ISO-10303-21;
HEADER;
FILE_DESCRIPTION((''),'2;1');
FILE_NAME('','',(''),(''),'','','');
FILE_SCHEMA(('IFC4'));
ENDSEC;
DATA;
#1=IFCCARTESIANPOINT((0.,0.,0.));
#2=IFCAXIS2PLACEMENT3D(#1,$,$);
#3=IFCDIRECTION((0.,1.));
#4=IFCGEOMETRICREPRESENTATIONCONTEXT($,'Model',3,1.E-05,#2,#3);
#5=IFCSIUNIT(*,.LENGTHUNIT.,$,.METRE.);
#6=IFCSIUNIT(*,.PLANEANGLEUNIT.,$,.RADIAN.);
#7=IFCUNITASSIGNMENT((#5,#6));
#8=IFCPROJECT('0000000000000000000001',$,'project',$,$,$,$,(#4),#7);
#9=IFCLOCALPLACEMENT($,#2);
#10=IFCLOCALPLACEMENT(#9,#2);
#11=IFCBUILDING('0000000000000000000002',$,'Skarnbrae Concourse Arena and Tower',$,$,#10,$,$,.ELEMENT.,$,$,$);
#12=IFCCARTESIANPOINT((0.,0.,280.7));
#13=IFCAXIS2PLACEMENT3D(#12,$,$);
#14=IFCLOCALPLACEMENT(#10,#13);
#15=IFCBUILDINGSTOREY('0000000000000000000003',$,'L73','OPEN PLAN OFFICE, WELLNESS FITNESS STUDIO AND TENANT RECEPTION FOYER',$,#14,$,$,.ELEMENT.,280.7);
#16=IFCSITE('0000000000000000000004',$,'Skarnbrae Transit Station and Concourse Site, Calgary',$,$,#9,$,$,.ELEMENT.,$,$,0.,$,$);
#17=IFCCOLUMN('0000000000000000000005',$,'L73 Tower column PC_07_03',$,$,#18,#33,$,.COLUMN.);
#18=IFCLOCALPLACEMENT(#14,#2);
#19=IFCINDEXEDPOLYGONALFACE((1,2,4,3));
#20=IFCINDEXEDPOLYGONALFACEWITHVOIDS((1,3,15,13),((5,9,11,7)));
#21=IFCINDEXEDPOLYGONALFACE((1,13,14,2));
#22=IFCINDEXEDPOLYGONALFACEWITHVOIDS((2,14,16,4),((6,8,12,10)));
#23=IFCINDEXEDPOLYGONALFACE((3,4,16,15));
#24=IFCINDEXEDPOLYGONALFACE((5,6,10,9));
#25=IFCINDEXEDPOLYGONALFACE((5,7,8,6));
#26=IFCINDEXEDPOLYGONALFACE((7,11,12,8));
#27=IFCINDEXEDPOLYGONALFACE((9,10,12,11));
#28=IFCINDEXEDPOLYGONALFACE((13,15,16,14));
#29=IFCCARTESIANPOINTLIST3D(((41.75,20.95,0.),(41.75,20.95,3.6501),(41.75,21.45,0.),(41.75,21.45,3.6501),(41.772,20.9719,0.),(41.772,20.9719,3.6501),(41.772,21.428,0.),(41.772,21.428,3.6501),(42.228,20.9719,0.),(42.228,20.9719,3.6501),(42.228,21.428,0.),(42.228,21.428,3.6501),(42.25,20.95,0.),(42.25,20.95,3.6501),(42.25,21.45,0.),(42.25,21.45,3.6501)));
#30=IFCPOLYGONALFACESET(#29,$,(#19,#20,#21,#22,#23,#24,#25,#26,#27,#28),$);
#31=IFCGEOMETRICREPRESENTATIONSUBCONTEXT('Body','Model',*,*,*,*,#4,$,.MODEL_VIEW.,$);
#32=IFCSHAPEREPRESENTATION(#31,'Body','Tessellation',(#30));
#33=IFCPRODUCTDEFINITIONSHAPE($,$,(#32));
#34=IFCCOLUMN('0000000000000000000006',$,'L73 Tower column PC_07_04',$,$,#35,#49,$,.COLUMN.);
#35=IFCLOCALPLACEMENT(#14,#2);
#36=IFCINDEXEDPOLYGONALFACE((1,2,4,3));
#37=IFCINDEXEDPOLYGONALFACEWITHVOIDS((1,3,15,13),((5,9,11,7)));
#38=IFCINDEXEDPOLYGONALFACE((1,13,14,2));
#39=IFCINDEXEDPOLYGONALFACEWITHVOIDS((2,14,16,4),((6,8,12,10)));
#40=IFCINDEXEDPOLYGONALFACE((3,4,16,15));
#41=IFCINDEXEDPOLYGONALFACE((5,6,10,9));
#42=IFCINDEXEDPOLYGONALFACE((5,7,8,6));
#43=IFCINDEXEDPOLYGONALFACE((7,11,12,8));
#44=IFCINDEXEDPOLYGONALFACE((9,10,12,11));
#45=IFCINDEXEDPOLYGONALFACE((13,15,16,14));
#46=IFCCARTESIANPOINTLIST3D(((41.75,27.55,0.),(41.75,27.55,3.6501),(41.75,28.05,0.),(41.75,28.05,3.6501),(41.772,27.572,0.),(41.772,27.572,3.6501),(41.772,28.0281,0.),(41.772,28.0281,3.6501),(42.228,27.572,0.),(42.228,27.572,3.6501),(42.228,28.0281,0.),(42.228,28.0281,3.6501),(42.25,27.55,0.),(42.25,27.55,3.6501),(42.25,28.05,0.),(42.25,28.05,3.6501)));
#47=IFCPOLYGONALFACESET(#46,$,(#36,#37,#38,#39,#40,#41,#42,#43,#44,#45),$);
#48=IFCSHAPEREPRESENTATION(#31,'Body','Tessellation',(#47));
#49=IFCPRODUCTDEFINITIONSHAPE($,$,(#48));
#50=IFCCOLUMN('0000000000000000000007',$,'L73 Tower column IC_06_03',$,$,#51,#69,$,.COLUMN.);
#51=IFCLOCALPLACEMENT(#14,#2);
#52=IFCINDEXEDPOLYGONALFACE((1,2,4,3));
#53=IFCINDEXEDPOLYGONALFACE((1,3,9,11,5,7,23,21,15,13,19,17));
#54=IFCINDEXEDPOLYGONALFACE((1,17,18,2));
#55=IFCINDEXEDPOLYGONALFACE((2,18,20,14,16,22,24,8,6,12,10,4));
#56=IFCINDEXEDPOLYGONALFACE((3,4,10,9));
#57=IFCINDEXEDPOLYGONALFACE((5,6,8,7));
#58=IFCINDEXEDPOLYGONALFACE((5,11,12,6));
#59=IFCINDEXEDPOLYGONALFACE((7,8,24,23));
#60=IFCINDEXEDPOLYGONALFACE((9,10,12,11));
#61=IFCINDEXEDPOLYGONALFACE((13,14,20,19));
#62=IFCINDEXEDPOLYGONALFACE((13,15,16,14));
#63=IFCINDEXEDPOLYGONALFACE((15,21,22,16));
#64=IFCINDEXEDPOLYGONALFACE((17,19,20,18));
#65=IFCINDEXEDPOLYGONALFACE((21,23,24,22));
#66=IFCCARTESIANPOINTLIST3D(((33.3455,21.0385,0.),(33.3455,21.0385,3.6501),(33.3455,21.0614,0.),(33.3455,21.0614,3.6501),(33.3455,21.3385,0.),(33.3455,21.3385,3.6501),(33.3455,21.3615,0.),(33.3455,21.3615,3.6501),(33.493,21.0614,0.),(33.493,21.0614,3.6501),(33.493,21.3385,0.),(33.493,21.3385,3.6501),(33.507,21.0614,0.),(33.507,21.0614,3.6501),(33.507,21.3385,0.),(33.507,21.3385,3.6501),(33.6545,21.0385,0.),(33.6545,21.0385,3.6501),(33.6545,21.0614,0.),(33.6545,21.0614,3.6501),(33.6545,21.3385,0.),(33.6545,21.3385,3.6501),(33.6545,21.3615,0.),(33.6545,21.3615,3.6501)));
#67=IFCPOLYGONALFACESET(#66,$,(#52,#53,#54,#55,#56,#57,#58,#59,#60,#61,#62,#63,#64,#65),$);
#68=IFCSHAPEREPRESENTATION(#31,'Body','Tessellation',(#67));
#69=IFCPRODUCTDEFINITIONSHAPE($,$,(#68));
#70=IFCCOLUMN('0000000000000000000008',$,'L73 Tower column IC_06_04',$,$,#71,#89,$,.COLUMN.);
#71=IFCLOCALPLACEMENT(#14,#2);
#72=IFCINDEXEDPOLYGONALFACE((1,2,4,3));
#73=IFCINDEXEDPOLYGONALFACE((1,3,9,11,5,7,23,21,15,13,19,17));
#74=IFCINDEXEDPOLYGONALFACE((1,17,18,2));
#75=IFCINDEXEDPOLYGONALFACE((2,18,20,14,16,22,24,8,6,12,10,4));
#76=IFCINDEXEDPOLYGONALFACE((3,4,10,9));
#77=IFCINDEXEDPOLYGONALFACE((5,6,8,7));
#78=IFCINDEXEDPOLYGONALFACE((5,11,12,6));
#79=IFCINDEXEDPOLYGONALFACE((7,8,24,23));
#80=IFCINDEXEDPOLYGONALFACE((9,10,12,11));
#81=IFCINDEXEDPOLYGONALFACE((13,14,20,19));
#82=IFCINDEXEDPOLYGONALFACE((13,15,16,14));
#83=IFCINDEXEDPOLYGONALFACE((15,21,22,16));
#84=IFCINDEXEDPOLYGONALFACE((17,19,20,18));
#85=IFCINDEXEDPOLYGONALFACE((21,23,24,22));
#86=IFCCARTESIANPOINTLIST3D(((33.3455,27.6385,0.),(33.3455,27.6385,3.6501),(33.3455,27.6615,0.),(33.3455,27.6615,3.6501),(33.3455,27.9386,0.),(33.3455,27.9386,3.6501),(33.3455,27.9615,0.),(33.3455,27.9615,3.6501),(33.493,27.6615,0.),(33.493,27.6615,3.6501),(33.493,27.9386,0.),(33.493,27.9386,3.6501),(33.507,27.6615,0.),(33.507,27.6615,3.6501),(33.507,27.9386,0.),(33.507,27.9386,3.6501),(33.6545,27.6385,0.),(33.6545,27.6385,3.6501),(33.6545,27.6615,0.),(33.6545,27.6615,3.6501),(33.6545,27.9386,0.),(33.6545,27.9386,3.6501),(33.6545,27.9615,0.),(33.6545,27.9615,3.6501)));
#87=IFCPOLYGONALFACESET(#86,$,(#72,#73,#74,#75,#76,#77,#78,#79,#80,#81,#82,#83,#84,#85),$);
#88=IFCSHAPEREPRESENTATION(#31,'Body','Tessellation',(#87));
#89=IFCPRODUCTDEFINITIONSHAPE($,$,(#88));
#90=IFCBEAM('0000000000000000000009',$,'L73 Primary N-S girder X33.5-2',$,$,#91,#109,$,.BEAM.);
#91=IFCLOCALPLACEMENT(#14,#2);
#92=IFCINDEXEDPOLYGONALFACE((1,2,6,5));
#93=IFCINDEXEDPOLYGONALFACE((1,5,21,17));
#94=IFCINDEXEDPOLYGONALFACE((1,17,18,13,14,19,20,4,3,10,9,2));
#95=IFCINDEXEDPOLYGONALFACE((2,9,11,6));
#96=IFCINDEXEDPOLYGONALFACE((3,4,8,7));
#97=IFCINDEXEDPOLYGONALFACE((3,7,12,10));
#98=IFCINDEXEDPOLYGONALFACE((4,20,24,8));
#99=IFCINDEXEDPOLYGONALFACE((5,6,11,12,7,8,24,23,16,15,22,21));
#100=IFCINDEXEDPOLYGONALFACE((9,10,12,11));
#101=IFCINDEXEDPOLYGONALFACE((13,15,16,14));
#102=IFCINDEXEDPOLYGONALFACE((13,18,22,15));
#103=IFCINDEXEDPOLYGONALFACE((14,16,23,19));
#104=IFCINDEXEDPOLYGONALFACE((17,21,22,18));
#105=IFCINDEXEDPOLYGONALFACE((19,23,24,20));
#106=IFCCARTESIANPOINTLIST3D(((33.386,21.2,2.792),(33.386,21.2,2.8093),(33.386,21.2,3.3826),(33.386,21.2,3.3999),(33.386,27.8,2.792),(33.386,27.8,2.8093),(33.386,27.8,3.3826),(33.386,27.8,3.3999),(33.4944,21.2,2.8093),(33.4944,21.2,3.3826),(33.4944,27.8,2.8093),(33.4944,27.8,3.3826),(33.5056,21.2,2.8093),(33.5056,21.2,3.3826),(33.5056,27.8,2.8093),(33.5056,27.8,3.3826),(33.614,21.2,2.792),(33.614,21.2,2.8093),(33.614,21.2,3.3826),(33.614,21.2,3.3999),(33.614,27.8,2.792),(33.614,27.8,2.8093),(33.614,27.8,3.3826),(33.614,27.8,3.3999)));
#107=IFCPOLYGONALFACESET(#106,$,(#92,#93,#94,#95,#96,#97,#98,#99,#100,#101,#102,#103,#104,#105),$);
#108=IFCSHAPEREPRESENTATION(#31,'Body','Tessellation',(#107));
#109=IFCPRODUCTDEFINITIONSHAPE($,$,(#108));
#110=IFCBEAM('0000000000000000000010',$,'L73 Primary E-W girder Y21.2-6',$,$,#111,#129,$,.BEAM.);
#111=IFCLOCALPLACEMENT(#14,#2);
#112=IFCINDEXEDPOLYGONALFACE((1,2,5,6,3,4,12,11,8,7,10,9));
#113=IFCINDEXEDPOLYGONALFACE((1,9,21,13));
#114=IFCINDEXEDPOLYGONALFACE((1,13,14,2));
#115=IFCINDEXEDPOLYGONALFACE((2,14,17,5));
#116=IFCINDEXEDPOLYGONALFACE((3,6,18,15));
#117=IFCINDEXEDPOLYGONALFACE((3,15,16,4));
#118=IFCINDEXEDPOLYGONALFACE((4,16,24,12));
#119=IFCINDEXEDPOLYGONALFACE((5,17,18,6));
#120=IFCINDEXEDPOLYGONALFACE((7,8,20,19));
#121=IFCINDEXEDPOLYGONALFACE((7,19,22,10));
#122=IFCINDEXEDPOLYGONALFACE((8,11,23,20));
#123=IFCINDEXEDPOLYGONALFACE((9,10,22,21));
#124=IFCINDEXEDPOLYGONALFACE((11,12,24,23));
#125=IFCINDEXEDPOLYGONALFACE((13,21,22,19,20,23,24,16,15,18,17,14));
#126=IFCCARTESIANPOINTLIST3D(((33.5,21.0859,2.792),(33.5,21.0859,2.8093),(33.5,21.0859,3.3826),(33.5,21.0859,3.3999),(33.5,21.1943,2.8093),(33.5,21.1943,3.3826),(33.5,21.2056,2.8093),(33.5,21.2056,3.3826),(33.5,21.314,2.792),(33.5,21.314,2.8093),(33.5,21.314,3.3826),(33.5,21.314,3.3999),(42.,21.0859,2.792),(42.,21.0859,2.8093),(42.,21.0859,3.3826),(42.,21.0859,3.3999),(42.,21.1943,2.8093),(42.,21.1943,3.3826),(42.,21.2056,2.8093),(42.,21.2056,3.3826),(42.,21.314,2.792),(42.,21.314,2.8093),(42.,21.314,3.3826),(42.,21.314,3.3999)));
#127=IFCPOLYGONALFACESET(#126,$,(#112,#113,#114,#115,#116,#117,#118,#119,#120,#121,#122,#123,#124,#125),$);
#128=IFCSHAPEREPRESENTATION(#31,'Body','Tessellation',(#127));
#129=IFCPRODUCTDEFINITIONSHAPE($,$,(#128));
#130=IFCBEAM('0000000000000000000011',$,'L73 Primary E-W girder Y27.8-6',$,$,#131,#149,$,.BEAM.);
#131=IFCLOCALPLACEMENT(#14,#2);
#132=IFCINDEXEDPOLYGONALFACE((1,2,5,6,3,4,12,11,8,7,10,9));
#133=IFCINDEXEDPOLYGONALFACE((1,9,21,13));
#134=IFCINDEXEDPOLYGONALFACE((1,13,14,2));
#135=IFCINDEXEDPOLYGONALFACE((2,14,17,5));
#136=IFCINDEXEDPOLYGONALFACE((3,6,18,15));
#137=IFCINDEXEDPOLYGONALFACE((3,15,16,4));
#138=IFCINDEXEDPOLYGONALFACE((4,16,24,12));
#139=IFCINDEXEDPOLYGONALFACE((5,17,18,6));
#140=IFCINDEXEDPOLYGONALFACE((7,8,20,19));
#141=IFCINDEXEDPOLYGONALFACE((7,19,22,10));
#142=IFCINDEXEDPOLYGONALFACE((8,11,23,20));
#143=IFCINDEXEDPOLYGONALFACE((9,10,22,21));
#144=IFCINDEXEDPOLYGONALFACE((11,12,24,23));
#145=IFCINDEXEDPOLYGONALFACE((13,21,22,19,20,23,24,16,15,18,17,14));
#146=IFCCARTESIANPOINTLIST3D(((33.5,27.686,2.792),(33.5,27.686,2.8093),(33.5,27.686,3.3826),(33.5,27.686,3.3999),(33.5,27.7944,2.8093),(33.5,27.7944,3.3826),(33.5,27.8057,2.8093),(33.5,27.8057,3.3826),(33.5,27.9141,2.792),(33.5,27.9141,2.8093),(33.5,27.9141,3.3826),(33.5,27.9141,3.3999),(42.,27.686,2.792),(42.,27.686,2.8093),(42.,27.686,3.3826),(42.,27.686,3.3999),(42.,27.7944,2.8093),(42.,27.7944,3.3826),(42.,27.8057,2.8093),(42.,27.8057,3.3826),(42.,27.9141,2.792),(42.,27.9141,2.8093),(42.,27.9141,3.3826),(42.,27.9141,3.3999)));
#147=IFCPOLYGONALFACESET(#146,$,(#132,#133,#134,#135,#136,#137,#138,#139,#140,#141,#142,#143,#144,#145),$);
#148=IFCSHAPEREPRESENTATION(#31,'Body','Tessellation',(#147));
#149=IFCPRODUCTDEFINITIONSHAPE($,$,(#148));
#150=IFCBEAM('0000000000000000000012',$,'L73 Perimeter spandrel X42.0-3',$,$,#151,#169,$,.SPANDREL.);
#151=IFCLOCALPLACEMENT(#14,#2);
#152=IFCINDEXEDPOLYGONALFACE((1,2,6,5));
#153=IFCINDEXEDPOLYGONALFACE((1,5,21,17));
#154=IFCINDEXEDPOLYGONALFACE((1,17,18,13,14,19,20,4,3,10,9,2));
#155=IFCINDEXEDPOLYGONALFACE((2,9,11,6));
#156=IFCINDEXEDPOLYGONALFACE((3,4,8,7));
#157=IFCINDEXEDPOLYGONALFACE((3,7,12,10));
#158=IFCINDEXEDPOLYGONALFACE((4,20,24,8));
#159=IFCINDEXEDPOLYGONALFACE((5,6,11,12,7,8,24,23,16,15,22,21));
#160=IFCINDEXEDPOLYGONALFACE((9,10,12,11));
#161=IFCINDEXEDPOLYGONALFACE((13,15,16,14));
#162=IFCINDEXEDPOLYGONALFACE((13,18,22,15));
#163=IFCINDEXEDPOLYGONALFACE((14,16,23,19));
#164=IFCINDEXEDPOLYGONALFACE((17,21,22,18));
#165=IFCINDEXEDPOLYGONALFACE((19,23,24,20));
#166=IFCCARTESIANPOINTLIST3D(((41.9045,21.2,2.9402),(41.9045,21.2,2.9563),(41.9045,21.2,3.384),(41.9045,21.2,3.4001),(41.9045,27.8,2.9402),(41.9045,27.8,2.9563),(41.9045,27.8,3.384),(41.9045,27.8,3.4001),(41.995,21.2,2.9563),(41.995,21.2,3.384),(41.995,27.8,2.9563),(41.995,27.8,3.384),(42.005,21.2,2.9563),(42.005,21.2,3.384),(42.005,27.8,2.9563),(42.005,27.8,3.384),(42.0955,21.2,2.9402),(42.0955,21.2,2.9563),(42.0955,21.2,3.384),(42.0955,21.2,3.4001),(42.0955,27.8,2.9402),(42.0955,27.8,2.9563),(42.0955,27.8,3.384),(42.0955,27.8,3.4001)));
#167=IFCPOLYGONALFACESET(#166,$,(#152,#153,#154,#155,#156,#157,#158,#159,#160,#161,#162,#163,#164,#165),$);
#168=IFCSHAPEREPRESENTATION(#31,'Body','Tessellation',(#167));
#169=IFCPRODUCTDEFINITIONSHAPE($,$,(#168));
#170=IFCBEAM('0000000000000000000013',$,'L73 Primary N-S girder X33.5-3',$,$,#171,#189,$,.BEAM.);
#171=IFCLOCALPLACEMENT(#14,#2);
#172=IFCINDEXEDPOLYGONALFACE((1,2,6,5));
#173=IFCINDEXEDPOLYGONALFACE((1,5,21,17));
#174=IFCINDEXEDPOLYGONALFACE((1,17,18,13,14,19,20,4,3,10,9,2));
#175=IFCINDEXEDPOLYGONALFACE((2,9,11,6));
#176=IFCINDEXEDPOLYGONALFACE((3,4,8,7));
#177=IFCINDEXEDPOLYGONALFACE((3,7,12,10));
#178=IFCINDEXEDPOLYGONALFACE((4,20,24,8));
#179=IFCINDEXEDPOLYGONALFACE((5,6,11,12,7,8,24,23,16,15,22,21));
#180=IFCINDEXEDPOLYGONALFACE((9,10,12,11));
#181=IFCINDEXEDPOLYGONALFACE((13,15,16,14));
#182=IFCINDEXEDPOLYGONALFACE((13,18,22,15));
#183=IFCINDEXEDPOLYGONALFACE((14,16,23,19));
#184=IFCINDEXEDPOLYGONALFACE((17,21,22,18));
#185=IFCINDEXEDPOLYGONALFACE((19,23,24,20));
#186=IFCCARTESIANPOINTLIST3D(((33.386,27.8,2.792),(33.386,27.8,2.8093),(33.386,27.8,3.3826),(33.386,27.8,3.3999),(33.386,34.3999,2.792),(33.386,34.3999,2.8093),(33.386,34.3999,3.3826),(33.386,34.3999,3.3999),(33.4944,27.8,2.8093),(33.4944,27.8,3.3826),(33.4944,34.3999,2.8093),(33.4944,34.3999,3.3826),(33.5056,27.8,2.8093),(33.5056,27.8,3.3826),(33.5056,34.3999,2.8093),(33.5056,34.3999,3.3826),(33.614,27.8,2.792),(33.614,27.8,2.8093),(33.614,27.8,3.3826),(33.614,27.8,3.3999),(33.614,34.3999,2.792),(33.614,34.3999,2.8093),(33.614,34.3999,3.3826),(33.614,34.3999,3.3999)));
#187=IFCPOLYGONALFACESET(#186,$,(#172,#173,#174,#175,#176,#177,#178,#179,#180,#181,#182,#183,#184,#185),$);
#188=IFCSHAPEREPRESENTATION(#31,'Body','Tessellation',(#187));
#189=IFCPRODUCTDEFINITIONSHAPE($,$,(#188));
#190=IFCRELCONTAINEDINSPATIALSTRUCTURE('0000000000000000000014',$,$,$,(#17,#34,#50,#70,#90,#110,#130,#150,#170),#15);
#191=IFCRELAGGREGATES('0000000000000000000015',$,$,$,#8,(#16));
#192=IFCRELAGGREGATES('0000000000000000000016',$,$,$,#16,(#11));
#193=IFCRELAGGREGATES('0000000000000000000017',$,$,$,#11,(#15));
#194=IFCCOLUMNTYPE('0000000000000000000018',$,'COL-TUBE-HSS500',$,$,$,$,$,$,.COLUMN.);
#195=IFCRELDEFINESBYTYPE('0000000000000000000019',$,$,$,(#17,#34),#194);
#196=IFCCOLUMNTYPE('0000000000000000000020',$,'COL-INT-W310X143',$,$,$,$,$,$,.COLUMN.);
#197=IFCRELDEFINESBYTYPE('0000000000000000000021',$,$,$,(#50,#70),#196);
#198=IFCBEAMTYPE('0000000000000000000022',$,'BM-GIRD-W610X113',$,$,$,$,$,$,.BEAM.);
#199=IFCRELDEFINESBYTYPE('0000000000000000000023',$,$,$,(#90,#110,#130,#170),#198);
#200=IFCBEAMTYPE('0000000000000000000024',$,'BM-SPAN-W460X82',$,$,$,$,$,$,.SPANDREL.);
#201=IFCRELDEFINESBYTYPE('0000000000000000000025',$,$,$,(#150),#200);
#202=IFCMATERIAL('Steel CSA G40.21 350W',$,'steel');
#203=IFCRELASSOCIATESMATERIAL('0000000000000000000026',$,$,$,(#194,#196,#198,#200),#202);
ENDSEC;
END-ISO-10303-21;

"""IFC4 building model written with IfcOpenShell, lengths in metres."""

from ifc_helpers import new_model, si_unit, direction, frame, origin, origin_2d, place, context, subcontext, project, spatial, hollow_rectangle, i_section, extrude, source, transform, mapped, material, material_profile, profile_set, type_object, element, save


model = new_model("IFC4")

# Units and contexts
model_context = context("Model", 3, precision=1e-05, world=origin(), true_north=direction((0.0, 1.0)))
body_context = subcontext(model_context, "Body", "Model", "MODEL_VIEW")
ifc_project = project(units=[si_unit("LENGTHUNIT", "METRE"), si_unit("PLANEANGLEUNIT", "RADIAN")], contexts=[model_context])

# Site, building, storey
site_placement = place(None, origin())
site = spatial("IfcSite", under=ifc_project, at=site_placement, Name="Skarnbrae Transit Station and Concourse Site, Calgary", CompositionType="ELEMENT", RefElevation=0.0)
building_placement = place(site_placement, origin())
building = spatial("IfcBuilding", under=site, at=building_placement, Name="Skarnbrae Concourse Arena and Tower", CompositionType="ELEMENT")
storey_placement = place(building_placement, frame((0.0, 0.0, 280.7)))
storey = spatial("IfcBuildingStorey", under=building, at=storey_placement, Name="L73", Description="OPEN PLAN OFFICE, WELLNESS FITNESS STUDIO AND TENANT RECEPTION FOYER", CompositionType="ELEMENT", Elevation=280.7)

# Columns
ifc_material_1 = material(Name="Steel CSA G40.21 350W", Category="steel")
ifc_material_profile_1 = material_profile(ifc_material_1, hollow_rectangle(XDim=0.5, YDim=0.5, WallThickness=0.022, at=origin_2d()), Name="HSS500X500X22.0")
ifc_profile_set_1 = profile_set([ifc_material_profile_1], Name="Steel CSA G40.21 350W")
column_type_1 = type_object("IfcColumnType", Name="COL-TUBE-HSS500", PredefinedType="COLUMN", material=ifc_profile_set_1)
shared_shape_1 = source(origin(), body_context, "Body", "SweptSolid", [
    extrude(hollow_rectangle(XDim=0.5, YDim=0.5, WallThickness=0.022, at=origin_2d()), origin(), (0.0, 0.0, 1.0), 3.6501),
])
for number, where, z_axis, x_axis, name in (
    (1, (42.0, 21.2, 0.0), (0.0, 0.0, 1.0), (1.0, 0.0, 0.0), "L73 Tower column PC_07_03"),
    (2, (42.0, 27.8, 0.0), (0.0, 0.0, 1.0), (1.0, 0.0, 0.0), "L73 Tower column PC_07_04"),
):
    element("IfcColumn", number, at=place(storey_placement, frame(where, z_axis=z_axis, x_axis=x_axis)), inside=storey, type_object=column_type_1, Name=name, PredefinedType="COLUMN", context=body_context, shape_type="MappedRepresentation", body=[
        mapped(shared_shape_1, transform((0.0, 0.0, 0.0))),
    ])
ifc_material_profile_2 = material_profile(ifc_material_1, i_section(OverallWidth=0.3091, OverallDepth=0.323, WebThickness=0.0139, FlangeThickness=0.0229, at=origin_2d()), Name="W310X143")
ifc_profile_set_2 = profile_set([ifc_material_profile_2], Name="Steel CSA G40.21 350W")
column_type_2 = type_object("IfcColumnType", Name="COL-INT-W310X143", PredefinedType="COLUMN", material=ifc_profile_set_2)
shared_shape_2 = source(origin(), body_context, "Body", "SweptSolid", [
    extrude(i_section(OverallWidth=0.3091, OverallDepth=0.323, WebThickness=0.0139, FlangeThickness=0.0229, at=origin_2d()), origin(), (0.0, 0.0, 1.0), 3.6501),
])
for number, where, z_axis, x_axis, name in (
    (3, (33.5, 21.2, 0.0), (0.0, 0.0, 1.0), (1.0, 0.0, 0.0), "L73 Tower column IC_06_03"),
    (4, (33.5, 27.8, 0.0), (0.0, 0.0, 1.0), (1.0, 0.0, 0.0), "L73 Tower column IC_06_04"),
):
    element("IfcColumn", number, at=place(storey_placement, frame(where, z_axis=z_axis, x_axis=x_axis)), inside=storey, type_object=column_type_2, Name=name, PredefinedType="COLUMN", context=body_context, shape_type="MappedRepresentation", body=[
        mapped(shared_shape_2, transform((0.0, 0.0, 0.0))),
    ])

# Beams
ifc_material_profile_3 = material_profile(ifc_material_1, i_section(OverallWidth=0.228, OverallDepth=0.6079, WebThickness=0.0112, FlangeThickness=0.0173, at=origin_2d()), Name="W610X113")
ifc_profile_set_3 = profile_set([ifc_material_profile_3], Name="Steel CSA G40.21 350W")
beam_type_1 = type_object("IfcBeamType", Name="BM-GIRD-W610X113", PredefinedType="BEAM", material=ifc_profile_set_3)
shared_shape_3 = source(origin(), body_context, "Body", "SweptSolid", [
    extrude(i_section(OverallWidth=0.228, OverallDepth=0.6079, WebThickness=0.0112, FlangeThickness=0.0173, at=origin_2d()), origin(), (0.0, 0.0, 1.0), 6.6001),
])
beam_1_placement = place(storey_placement, frame((33.5, 21.2, 3.0959), z_axis=(0.0, 1.0, 0.0), x_axis=(-1.0, 0.0, 0.0)))
element("IfcBeam", 5, at=beam_1_placement, inside=storey, type_object=beam_type_1, Name="L73 Primary N-S girder X33.5-2", PredefinedType="BEAM", context=body_context, shape_type="MappedRepresentation", body=[
    mapped(shared_shape_3, transform((0.0, 0.0, 0.0))),
])
shared_shape_4 = source(origin(), body_context, "Body", "SweptSolid", [
    extrude(i_section(OverallWidth=0.228, OverallDepth=0.6079, WebThickness=0.0112, FlangeThickness=0.0173, at=origin_2d()), origin(), (0.0, 0.0, 1.0), 8.5),
])
for number, where, z_axis, x_axis, name in (
    (6, (33.5, 21.2, 3.0959), (1.0, 0.0, 0.0), (0.0, 1.0, 0.0), "L73 Primary E-W girder Y21.2-6"),
    (7, (33.5, 27.8, 3.0959), (1.0, 0.0, 0.0), (0.0, 1.0, 0.0), "L73 Primary E-W girder Y27.8-6"),
):
    element("IfcBeam", number, at=place(storey_placement, frame(where, z_axis=z_axis, x_axis=x_axis)), inside=storey, type_object=beam_type_1, Name=name, PredefinedType="BEAM", context=body_context, shape_type="MappedRepresentation", body=[
        mapped(shared_shape_4, transform((0.0, 0.0, 0.0))),
    ])
ifc_material_profile_4 = material_profile(ifc_material_1, i_section(OverallWidth=0.1909, OverallDepth=0.46, WebThickness=0.01, FlangeThickness=0.0161, at=origin_2d()), Name="W460X82")
ifc_profile_set_4 = profile_set([ifc_material_profile_4], Name="Steel CSA G40.21 350W")
beam_type_2 = type_object("IfcBeamType", Name="BM-SPAN-W460X82", PredefinedType="SPANDREL", material=ifc_profile_set_4)
shared_shape_5 = source(origin(), body_context, "Body", "SweptSolid", [
    extrude(i_section(OverallWidth=0.1909, OverallDepth=0.46, WebThickness=0.01, FlangeThickness=0.0161, at=origin_2d()), origin(), (0.0, 0.0, 1.0), 6.6001),
])
beam_2_placement = place(storey_placement, frame((42.0, 21.2, 3.1702), z_axis=(0.0, 1.0, 0.0), x_axis=(-1.0, 0.0, 0.0)))
element("IfcBeam", 8, at=beam_2_placement, inside=storey, type_object=beam_type_2, Name="L73 Perimeter spandrel X42.0-3", PredefinedType="SPANDREL", context=body_context, shape_type="MappedRepresentation", body=[
    mapped(shared_shape_5, transform((0.0, 0.0, 0.0))),
])
shared_shape_6 = source(origin(), body_context, "Body", "SweptSolid", [
    extrude(i_section(OverallWidth=0.228, OverallDepth=0.6079, WebThickness=0.0112, FlangeThickness=0.0173, at=origin_2d()), origin(), (0.0, 0.0, 1.0), 6.5999),
])
beam_3_placement = place(storey_placement, frame((33.5, 27.8, 3.0959), z_axis=(0.0, 1.0, 0.0), x_axis=(-1.0, 0.0, 0.0)))
element("IfcBeam", 9, at=beam_3_placement, inside=storey, type_object=beam_type_1, Name="L73 Primary N-S girder X33.5-3", PredefinedType="BEAM", context=body_context, shape_type="MappedRepresentation", body=[
    mapped(shared_shape_6, transform((0.0, 0.0, 0.0))),
])

save(model, "model.ifc")
